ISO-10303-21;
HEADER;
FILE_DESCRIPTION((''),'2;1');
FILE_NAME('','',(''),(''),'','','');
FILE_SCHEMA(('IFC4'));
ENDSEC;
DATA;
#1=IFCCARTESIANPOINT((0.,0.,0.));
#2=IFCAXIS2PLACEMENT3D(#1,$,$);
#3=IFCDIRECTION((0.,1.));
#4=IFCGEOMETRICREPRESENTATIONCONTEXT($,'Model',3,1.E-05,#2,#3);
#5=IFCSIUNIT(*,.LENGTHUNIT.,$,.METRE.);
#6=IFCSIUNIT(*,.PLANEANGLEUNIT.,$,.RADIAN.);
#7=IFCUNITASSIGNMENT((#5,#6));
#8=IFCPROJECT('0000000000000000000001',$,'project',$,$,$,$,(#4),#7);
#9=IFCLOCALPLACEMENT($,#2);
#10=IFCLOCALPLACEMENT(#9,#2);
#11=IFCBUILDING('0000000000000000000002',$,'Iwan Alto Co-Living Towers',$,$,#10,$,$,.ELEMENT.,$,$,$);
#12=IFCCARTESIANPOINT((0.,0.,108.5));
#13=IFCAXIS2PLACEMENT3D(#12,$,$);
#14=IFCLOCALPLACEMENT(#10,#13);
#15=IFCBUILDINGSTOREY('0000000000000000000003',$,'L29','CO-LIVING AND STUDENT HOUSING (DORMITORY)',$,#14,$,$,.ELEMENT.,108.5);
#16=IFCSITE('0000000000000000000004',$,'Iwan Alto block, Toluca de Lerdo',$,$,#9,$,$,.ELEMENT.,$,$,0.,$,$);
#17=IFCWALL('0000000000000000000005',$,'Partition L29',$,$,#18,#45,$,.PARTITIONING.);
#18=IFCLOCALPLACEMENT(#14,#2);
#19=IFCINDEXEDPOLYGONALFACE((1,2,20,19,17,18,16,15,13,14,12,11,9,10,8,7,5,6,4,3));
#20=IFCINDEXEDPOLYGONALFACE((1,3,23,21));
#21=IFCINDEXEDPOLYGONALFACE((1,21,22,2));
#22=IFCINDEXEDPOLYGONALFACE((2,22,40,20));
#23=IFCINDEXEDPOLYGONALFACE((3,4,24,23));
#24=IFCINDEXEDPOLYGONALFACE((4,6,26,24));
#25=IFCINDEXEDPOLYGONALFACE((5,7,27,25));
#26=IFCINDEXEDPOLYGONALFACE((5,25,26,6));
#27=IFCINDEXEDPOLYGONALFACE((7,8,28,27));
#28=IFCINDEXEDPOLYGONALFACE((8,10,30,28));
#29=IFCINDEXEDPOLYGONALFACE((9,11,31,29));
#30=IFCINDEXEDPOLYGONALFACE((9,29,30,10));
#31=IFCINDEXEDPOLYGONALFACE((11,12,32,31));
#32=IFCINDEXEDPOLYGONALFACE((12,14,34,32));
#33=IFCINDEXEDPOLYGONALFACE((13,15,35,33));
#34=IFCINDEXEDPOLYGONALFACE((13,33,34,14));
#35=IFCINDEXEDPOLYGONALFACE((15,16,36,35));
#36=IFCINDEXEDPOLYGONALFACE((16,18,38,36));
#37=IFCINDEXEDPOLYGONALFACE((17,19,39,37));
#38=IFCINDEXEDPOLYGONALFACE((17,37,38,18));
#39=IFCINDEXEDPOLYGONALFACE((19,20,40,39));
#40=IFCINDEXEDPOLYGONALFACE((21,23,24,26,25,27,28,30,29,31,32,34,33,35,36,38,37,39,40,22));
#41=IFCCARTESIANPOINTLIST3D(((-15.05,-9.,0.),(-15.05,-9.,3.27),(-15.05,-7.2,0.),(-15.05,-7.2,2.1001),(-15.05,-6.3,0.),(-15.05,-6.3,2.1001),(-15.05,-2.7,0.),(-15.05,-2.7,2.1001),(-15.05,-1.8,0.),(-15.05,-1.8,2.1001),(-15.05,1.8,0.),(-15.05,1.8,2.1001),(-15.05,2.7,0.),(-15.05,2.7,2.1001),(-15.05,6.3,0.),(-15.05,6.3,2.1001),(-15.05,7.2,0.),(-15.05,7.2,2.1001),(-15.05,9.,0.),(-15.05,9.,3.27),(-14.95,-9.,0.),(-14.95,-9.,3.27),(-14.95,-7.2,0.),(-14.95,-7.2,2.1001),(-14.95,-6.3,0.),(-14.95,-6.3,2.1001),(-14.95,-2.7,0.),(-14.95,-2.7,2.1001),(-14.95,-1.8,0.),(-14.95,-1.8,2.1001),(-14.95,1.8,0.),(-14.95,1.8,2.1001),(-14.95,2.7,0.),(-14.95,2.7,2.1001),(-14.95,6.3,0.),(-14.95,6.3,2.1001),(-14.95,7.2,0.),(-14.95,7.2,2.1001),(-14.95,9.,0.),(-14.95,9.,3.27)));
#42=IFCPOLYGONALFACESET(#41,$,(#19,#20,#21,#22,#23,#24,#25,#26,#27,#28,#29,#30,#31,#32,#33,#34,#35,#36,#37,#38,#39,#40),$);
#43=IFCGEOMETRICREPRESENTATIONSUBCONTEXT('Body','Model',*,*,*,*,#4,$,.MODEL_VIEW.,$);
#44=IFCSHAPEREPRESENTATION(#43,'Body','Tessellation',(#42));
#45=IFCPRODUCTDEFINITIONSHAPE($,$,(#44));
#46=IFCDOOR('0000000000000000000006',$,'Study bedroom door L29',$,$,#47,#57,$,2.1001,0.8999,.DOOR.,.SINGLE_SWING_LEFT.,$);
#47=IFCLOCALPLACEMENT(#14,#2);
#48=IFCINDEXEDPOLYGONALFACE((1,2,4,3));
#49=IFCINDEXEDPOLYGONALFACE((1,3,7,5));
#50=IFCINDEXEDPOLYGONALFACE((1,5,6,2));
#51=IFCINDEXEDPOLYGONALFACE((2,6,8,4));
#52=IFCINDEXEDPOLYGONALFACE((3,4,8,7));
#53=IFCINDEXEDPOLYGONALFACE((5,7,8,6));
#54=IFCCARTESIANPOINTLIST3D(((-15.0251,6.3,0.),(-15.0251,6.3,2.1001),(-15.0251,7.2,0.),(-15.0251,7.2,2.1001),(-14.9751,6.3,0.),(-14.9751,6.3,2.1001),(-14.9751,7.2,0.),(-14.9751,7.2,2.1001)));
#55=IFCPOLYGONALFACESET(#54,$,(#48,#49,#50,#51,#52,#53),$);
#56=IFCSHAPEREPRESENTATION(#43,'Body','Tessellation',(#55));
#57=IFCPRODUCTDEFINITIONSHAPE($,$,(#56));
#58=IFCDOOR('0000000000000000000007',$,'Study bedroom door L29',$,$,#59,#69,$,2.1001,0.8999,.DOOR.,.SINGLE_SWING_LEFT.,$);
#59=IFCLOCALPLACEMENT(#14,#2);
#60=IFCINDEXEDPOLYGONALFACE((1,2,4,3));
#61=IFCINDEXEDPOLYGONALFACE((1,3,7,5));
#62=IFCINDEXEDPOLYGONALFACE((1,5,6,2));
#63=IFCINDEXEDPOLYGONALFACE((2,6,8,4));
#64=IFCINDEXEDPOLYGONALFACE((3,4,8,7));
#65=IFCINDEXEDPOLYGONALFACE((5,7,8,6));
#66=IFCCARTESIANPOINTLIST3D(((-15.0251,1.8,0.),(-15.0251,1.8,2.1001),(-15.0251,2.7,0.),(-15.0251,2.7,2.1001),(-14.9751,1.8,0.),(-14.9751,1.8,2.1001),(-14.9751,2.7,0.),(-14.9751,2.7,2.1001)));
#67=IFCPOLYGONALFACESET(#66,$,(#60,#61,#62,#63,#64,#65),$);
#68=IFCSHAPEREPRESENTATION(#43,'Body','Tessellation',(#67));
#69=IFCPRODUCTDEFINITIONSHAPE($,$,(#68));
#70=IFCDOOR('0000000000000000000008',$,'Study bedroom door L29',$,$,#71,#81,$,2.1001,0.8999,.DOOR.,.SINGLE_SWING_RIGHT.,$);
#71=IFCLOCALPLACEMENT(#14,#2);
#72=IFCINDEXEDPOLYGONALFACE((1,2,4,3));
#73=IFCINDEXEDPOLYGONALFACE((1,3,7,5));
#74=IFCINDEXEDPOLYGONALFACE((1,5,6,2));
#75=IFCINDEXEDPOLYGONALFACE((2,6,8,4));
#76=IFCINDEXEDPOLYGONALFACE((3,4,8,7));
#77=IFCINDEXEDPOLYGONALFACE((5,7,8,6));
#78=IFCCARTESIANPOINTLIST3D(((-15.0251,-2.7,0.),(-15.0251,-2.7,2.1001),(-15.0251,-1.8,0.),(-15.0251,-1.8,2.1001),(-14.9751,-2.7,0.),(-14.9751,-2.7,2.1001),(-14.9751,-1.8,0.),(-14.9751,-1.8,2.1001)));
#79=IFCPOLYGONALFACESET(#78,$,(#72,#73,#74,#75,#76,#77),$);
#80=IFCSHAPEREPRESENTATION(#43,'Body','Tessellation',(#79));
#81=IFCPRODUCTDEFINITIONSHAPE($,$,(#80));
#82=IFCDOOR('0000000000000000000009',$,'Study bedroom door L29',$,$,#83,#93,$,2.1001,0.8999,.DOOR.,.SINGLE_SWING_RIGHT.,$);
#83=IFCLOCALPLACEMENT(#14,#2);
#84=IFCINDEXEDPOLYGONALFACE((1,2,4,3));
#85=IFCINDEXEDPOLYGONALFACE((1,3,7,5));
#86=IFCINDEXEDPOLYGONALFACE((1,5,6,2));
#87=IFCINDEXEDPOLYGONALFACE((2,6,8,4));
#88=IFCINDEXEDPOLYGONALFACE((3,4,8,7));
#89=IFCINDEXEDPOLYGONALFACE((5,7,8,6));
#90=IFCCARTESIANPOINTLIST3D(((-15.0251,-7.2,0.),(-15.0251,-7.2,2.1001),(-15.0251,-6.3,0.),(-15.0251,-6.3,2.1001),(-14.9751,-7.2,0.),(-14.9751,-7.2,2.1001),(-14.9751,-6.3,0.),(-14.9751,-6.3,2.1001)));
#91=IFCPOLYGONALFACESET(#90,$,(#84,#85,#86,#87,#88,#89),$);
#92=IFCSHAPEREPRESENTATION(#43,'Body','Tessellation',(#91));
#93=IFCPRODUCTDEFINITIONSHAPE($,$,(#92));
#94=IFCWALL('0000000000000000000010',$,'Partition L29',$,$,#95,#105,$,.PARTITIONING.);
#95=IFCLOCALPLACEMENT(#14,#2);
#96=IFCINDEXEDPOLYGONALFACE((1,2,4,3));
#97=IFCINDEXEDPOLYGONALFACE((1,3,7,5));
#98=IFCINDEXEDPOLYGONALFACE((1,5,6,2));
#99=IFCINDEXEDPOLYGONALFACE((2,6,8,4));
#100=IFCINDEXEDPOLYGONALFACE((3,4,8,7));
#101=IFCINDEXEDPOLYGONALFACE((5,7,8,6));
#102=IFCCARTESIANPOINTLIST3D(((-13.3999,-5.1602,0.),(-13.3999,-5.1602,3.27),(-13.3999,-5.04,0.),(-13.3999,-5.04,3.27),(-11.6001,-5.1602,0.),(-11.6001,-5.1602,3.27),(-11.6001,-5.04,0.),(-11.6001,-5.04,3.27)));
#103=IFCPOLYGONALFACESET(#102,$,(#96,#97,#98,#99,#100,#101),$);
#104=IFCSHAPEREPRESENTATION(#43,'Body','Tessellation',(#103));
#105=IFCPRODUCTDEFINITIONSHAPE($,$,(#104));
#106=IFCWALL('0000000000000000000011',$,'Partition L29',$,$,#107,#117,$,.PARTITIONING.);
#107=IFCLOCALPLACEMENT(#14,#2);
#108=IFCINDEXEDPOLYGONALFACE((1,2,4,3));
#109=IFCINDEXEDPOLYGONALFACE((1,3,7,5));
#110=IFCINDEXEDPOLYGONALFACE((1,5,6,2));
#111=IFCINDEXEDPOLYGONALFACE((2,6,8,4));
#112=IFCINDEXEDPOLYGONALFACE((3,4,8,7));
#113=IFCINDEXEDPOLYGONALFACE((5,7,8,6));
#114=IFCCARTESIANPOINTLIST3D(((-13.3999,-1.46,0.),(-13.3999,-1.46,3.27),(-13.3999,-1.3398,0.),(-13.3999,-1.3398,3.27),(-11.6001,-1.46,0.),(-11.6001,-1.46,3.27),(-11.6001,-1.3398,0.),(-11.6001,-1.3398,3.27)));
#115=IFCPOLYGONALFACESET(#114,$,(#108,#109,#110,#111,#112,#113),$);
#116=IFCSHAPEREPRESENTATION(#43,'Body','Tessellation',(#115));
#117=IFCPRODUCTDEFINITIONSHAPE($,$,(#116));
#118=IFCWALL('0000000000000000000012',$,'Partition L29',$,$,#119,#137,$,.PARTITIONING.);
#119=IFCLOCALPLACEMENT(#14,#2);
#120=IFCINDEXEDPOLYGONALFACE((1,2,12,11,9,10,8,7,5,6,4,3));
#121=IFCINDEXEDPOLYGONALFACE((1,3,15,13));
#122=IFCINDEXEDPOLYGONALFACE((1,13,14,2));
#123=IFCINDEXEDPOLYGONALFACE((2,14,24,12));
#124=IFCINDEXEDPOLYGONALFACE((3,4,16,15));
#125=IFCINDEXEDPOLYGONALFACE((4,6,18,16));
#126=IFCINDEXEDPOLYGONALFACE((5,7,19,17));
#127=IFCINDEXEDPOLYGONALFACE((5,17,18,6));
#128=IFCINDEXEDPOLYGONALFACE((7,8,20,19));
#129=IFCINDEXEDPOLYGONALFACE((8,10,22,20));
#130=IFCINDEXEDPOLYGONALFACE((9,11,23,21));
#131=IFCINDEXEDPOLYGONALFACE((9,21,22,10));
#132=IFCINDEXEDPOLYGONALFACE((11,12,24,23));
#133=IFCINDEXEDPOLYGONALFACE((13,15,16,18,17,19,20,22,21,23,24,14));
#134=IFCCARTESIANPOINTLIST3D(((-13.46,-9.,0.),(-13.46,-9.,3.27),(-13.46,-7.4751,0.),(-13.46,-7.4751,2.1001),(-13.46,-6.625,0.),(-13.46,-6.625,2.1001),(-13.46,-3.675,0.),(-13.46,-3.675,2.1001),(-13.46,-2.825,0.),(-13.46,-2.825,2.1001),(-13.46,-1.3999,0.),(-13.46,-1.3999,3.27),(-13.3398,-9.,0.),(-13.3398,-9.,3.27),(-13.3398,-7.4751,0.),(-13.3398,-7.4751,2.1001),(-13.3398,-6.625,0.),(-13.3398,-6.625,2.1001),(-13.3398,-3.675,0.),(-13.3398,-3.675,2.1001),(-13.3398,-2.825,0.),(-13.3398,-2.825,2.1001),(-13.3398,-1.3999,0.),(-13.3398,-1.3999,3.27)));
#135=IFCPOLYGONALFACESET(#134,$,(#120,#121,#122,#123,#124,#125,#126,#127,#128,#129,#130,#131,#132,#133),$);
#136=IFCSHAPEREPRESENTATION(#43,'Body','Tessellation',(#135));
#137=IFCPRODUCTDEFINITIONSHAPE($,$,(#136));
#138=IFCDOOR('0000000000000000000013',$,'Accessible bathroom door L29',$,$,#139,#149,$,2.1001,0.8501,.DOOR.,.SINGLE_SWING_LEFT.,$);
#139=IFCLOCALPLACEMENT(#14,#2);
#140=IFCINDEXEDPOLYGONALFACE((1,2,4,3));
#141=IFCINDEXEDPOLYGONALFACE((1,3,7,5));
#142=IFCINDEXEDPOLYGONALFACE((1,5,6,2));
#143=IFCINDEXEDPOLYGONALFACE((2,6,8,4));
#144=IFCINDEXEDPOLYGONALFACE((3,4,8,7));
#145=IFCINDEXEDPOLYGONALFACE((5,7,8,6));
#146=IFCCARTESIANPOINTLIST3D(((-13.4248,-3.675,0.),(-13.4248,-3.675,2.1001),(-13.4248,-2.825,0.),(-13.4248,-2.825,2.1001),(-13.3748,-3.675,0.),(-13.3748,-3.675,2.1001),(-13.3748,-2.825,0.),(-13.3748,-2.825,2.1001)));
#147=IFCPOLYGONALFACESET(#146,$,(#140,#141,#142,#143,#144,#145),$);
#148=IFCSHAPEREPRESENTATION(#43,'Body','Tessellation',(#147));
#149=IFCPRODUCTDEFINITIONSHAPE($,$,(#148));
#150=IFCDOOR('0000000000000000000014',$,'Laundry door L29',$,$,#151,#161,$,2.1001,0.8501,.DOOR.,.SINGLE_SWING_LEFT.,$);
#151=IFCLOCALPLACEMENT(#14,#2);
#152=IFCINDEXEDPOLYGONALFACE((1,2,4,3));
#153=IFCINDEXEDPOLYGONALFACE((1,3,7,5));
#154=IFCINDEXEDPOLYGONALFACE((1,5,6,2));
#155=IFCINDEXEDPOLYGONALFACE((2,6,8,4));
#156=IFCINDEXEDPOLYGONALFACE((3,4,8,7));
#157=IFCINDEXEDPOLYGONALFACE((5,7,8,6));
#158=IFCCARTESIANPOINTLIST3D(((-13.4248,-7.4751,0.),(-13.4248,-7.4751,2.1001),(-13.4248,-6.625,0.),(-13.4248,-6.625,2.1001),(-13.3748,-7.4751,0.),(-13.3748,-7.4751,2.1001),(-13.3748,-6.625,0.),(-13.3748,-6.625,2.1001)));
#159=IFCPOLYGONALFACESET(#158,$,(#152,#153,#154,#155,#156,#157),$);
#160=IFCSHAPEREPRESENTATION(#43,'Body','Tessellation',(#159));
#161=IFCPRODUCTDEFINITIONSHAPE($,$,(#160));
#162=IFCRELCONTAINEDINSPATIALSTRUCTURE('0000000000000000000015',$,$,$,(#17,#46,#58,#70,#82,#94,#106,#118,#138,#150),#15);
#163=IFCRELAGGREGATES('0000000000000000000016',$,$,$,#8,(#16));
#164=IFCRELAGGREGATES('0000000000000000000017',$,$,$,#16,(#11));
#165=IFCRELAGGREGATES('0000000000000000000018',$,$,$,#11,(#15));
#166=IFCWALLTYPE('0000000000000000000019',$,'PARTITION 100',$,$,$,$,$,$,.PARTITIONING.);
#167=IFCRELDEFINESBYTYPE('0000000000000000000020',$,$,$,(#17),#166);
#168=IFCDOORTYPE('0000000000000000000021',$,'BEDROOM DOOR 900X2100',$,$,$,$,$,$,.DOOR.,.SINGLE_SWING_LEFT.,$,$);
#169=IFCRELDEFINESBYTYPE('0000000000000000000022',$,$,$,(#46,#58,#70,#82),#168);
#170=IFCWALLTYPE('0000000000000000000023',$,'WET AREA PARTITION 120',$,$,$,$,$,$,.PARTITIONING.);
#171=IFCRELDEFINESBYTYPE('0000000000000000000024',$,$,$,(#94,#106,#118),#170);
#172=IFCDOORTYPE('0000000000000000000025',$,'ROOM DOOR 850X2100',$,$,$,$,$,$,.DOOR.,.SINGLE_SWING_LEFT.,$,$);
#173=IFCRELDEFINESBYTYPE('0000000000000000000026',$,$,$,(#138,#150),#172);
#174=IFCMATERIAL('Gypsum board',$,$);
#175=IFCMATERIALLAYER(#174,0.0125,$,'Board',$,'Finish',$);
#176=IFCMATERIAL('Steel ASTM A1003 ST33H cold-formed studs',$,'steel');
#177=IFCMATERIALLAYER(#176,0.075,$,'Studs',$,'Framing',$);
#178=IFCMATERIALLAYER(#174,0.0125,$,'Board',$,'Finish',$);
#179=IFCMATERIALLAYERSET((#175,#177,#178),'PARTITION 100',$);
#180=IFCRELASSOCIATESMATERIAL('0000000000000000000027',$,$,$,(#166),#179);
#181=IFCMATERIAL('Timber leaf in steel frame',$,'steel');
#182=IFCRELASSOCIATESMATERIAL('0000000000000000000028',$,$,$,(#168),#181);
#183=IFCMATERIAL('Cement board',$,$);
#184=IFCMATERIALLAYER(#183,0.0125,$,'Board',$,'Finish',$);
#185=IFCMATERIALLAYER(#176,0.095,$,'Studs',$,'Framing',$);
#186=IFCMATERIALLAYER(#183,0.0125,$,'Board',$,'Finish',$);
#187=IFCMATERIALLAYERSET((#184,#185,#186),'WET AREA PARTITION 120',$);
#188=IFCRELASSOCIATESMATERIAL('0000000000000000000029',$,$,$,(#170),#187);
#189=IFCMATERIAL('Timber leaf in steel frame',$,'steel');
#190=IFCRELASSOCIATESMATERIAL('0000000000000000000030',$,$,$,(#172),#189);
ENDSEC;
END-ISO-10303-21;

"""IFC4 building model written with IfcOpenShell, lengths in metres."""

from ifc_helpers import new_model, si_unit, direction, frame, frame_2d, origin, place, context, subcontext, project, spatial, rectangle, extrude, material, layer, layer_set, type_object, element, fill, save


model = new_model("IFC4")

# Units and contexts
model_context = context("Model", 3, precision=1e-05, world=origin(), true_north=direction((0.0, 1.0)))
body_context = subcontext(model_context, "Body", "Model", "MODEL_VIEW")
ifc_project = project(units=[si_unit("LENGTHUNIT", "METRE"), si_unit("PLANEANGLEUNIT", "RADIAN")], contexts=[model_context])

# Site, building, storey
site_placement = place(None, origin())
site = spatial("IfcSite", under=ifc_project, at=site_placement, Name="Iwan Alto block, Toluca de Lerdo", CompositionType="ELEMENT", RefElevation=0.0)
building_placement = place(site_placement, origin())
building = spatial("IfcBuilding", under=site, at=building_placement, Name="Iwan Alto Co-Living Towers", CompositionType="ELEMENT")
storey_placement = place(building_placement, frame((0.0, 0.0, 108.5)))
storey = spatial("IfcBuildingStorey", under=building, at=storey_placement, Name="L29", Description="CO-LIVING AND STUDENT HOUSING (DORMITORY)", CompositionType="ELEMENT", Elevation=108.5)

# Shared definitions
ifc_material_1 = material(Name="Gypsum board")
ifc_material_2 = material(Name="Steel ASTM A1003 ST33H cold-formed studs", Category="steel")

# Wall, openings, doors
ifc_layer_1 = layer(ifc_material_1, 0.0125, Name="Board", Category="Finish")
ifc_layer_2 = layer(ifc_material_2, 0.075, Name="Studs", Category="Framing")
ifc_layer_3 = layer(ifc_material_1, 0.0125, Name="Board", Category="Finish")
ifc_layer_set_1 = layer_set([ifc_layer_1, ifc_layer_2, ifc_layer_3], Name="PARTITION 100")
wall_type_1 = type_object("IfcWallType", Name="PARTITION 100", PredefinedType="PARTITIONING", material=ifc_layer_set_1)
wall_1_placement = place(storey_placement, frame((-15.0, -9.0, 0.0), z_axis=(0.0, 0.0, 1.0), x_axis=(0.0, 1.0, 0.0)))
wall_1 = element("IfcWall", 1, at=wall_1_placement, inside=storey, type_object=wall_type_1, Name="Partition L29", PredefinedType="PARTITIONING", context=body_context, shape_type="SweptSolid", body=[
    extrude(rectangle(XDim=18.0, YDim=0.1001, at=frame_2d((9.0, 0.0))), origin(), (0.0, 0.0, 1.0), 3.27),
])
opening_1_placement = place(wall_1_placement, frame((15.3, 0.0, 0.0)))
opening_1 = element("IfcOpeningElement", 2, at=opening_1_placement, cuts=wall_1, PredefinedType="OPENING", context=body_context, shape_type="SweptSolid", body=[
    extrude(rectangle(XDim=0.8999, YDim=2.1001, at=frame_2d((0.45, 1.05))), frame((0.0, 0.0601, 0.0), z_axis=(0.0, -1.0, 0.0), x_axis=(1.0, 0.0, 0.0)), (0.0, 0.0, 1.0), 0.1201),
])
opening_2_placement = place(wall_1_placement, frame((10.8, 0.0, 0.0)))
opening_2 = element("IfcOpeningElement", 3, at=opening_2_placement, cuts=wall_1, PredefinedType="OPENING", context=body_context, shape_type="SweptSolid", body=[
    extrude(rectangle(XDim=0.8999, YDim=2.1001, at=frame_2d((0.45, 1.05))), frame((0.0, 0.0601, 0.0), z_axis=(0.0, -1.0, 0.0), x_axis=(1.0, 0.0, 0.0)), (0.0, 0.0, 1.0), 0.1201),
])
opening_3_placement = place(wall_1_placement, frame((6.3, 0.0, 0.0)))
opening_3 = element("IfcOpeningElement", 4, at=opening_3_placement, cuts=wall_1, PredefinedType="OPENING", context=body_context, shape_type="SweptSolid", body=[
    extrude(rectangle(XDim=0.8999, YDim=2.1001, at=frame_2d((0.45, 1.05))), frame((0.0, 0.0601, 0.0), z_axis=(0.0, -1.0, 0.0), x_axis=(1.0, 0.0, 0.0)), (0.0, 0.0, 1.0), 0.1201),
])
opening_4_placement = place(wall_1_placement, frame((1.8, 0.0, 0.0)))
opening_4 = element("IfcOpeningElement", 5, at=opening_4_placement, cuts=wall_1, PredefinedType="OPENING", context=body_context, shape_type="SweptSolid", body=[
    extrude(rectangle(XDim=0.8999, YDim=2.1001, at=frame_2d((0.45, 1.05))), frame((0.0, 0.0601, 0.0), z_axis=(0.0, -1.0, 0.0), x_axis=(1.0, 0.0, 0.0)), (0.0, 0.0, 1.0), 0.1201),
])
ifc_material_3 = material(Name="Timber leaf in steel frame", Category="steel")
door_type_1 = type_object("IfcDoorType", Name="BEDROOM DOOR 900X2100", OperationType="SINGLE_SWING_LEFT", PredefinedType="DOOR", material=ifc_material_3)
door_1_placement = place(opening_1_placement, frame((0.8999, 0.0, 0.0), z_axis=(0.0, 0.0, 1.0), x_axis=(-1.0, 0.0, 0.0)))
door_1 = element("IfcDoor", 6, at=door_1_placement, inside=storey, type_object=door_type_1, Name="Study bedroom door L29", OperationType="SINGLE_SWING_LEFT", OverallHeight=2.1001, OverallWidth=0.8999, PredefinedType="DOOR", context=body_context, shape_type="SweptSolid", body=[
    extrude(rectangle(XDim=0.8999, YDim=2.1001, at=frame_2d((0.45, 1.05))), frame((0.0, 0.0249, 0.0), z_axis=(0.0, -1.0, 0.0), x_axis=(1.0, 0.0, 0.0)), (0.0, 0.0, 1.0), 0.05),
])
fill(opening_1, door_1)
door_2_placement = place(opening_2_placement, frame((0.8999, 0.0, 0.0), z_axis=(0.0, 0.0, 1.0), x_axis=(-1.0, 0.0, 0.0)))
door_2 = element("IfcDoor", 7, at=door_2_placement, inside=storey, type_object=door_type_1, Name="Study bedroom door L29", OperationType="SINGLE_SWING_LEFT", OverallHeight=2.1001, OverallWidth=0.8999, PredefinedType="DOOR", context=body_context, shape_type="SweptSolid", body=[
    extrude(rectangle(XDim=0.8999, YDim=2.1001, at=frame_2d((0.45, 1.05))), frame((0.0, 0.0249, 0.0), z_axis=(0.0, -1.0, 0.0), x_axis=(1.0, 0.0, 0.0)), (0.0, 0.0, 1.0), 0.05),
])
fill(opening_2, door_2)
door_3_placement = place(opening_3_placement, frame((0.8999, 0.0, 0.0), z_axis=(0.0, 0.0, 1.0), x_axis=(-1.0, 0.0, 0.0)))
door_3 = element("IfcDoor", 8, at=door_3_placement, inside=storey, type_object=door_type_1, Name="Study bedroom door L29", OperationType="SINGLE_SWING_RIGHT", OverallHeight=2.1001, OverallWidth=0.8999, PredefinedType="DOOR", context=body_context, shape_type="SweptSolid", body=[
    extrude(rectangle(XDim=0.8999, YDim=2.1001, at=frame_2d((0.45, 1.05))), frame((0.0, 0.0249, 0.0), z_axis=(0.0, -1.0, 0.0), x_axis=(1.0, 0.0, 0.0)), (0.0, 0.0, 1.0), 0.05),
])
fill(opening_3, door_3)
door_4_placement = place(opening_4_placement, frame((0.8999, 0.0, 0.0), z_axis=(0.0, 0.0, 1.0), x_axis=(-1.0, 0.0, 0.0)))
door_4 = element("IfcDoor", 9, at=door_4_placement, inside=storey, type_object=door_type_1, Name="Study bedroom door L29", OperationType="SINGLE_SWING_RIGHT", OverallHeight=2.1001, OverallWidth=0.8999, PredefinedType="DOOR", context=body_context, shape_type="SweptSolid", body=[
    extrude(rectangle(XDim=0.8999, YDim=2.1001, at=frame_2d((0.45, 1.05))), frame((0.0, 0.0249, 0.0), z_axis=(0.0, -1.0, 0.0), x_axis=(1.0, 0.0, 0.0)), (0.0, 0.0, 1.0), 0.05),
])
fill(opening_4, door_4)

# Walls
ifc_material_4 = material(Name="Cement board")
ifc_layer_4 = layer(ifc_material_4, 0.0125, Name="Board", Category="Finish")
ifc_layer_5 = layer(ifc_material_2, 0.095, Name="Studs", Category="Framing")
ifc_layer_6 = layer(ifc_material_4, 0.0125, Name="Board", Category="Finish")
ifc_layer_set_2 = layer_set([ifc_layer_4, ifc_layer_5, ifc_layer_6], Name="WET AREA PARTITION 120")
wall_type_2 = type_object("IfcWallType", Name="WET AREA PARTITION 120", PredefinedType="PARTITIONING", material=ifc_layer_set_2)
for number, where, z_axis, x_axis, name in (
    (10, (-13.3999, -5.1001, 0.0), (0.0, 0.0, 1.0), (1.0, 0.0, 0.0), "Partition L29"),
    (11, (-13.3999, -1.3999, 0.0), (0.0, 0.0, 1.0), (1.0, 0.0, 0.0), "Partition L29"),
):
    element("IfcWall", number, at=place(storey_placement, frame(where, z_axis=z_axis, x_axis=x_axis)), inside=storey, type_object=wall_type_2, Name=name, PredefinedType="PARTITIONING", context=body_context, shape_type="SweptSolid", body=[
        extrude(rectangle(XDim=1.7998, YDim=0.1201, at=frame_2d((0.8999, 0.0))), origin(), (0.0, 0.0, 1.0), 3.27),
    ])

# Wall, openings, doors
wall_2_placement = place(storey_placement, frame((-13.3999, -9.0, 0.0), z_axis=(0.0, 0.0, 1.0), x_axis=(0.0, 1.0, 0.0)))
wall_2 = element("IfcWall", 12, at=wall_2_placement, inside=storey, type_object=wall_type_2, Name="Partition L29", PredefinedType="PARTITIONING", context=body_context, shape_type="SweptSolid", body=[
    extrude(rectangle(XDim=7.6001, YDim=0.1201, at=frame_2d((3.8, 0.0))), origin(), (0.0, 0.0, 1.0), 3.27),
])
opening_5_placement = place(wall_2_placement, frame((5.325, 0.0, 0.0)))
opening_5 = element("IfcOpeningElement", 13, at=opening_5_placement, cuts=wall_2, PredefinedType="OPENING", context=body_context, shape_type="SweptSolid", body=[
    extrude(rectangle(XDim=0.8501, YDim=2.1001, at=frame_2d((0.425, 1.05))), frame((0.0, 0.0701, 0.0), z_axis=(0.0, -1.0, 0.0), x_axis=(1.0, 0.0, 0.0)), (0.0, 0.0, 1.0), 0.1401),
])
opening_6_placement = place(wall_2_placement, frame((1.5249, 0.0, 0.0)))
opening_6 = element("IfcOpeningElement", 14, at=opening_6_placement, cuts=wall_2, PredefinedType="OPENING", context=body_context, shape_type="SweptSolid", body=[
    extrude(rectangle(XDim=0.8501, YDim=2.1001, at=frame_2d((0.425, 1.05))), frame((0.0, 0.0701, 0.0), z_axis=(0.0, -1.0, 0.0), x_axis=(1.0, 0.0, 0.0)), (0.0, 0.0, 1.0), 0.1401),
])
ifc_material_5 = material(Name="Timber leaf in steel frame", Category="steel")
door_type_2 = type_object("IfcDoorType", Name="ROOM DOOR 850X2100", OperationType="SINGLE_SWING_LEFT", PredefinedType="DOOR", material=ifc_material_5)
door_5_placement = place(opening_5_placement, origin())
door_5 = element("IfcDoor", 15, at=door_5_placement, inside=storey, type_object=door_type_2, Name="Accessible bathroom door L29", OperationType="SINGLE_SWING_LEFT", OverallHeight=2.1001, OverallWidth=0.8501, PredefinedType="DOOR", context=body_context, shape_type="SweptSolid", body=[
    extrude(rectangle(XDim=0.8501, YDim=2.1001, at=frame_2d((0.425, 1.05))), frame((0.0, 0.0249, 0.0), z_axis=(0.0, -1.0, 0.0), x_axis=(1.0, 0.0, 0.0)), (0.0, 0.0, 1.0), 0.05),
])
fill(opening_5, door_5)
door_6_placement = place(opening_6_placement, origin())
door_6 = element("IfcDoor", 16, at=door_6_placement, inside=storey, type_object=door_type_2, Name="Laundry door L29", OperationType="SINGLE_SWING_LEFT", OverallHeight=2.1001, OverallWidth=0.8501, PredefinedType="DOOR", context=body_context, shape_type="SweptSolid", body=[
    extrude(rectangle(XDim=0.8501, YDim=2.1001, at=frame_2d((0.425, 1.05))), frame((0.0, 0.0249, 0.0), z_axis=(0.0, -1.0, 0.0), x_axis=(1.0, 0.0, 0.0)), (0.0, 0.0, 1.0), 0.05),
])
fill(opening_6, door_6)

save(model, "model.ifc")
